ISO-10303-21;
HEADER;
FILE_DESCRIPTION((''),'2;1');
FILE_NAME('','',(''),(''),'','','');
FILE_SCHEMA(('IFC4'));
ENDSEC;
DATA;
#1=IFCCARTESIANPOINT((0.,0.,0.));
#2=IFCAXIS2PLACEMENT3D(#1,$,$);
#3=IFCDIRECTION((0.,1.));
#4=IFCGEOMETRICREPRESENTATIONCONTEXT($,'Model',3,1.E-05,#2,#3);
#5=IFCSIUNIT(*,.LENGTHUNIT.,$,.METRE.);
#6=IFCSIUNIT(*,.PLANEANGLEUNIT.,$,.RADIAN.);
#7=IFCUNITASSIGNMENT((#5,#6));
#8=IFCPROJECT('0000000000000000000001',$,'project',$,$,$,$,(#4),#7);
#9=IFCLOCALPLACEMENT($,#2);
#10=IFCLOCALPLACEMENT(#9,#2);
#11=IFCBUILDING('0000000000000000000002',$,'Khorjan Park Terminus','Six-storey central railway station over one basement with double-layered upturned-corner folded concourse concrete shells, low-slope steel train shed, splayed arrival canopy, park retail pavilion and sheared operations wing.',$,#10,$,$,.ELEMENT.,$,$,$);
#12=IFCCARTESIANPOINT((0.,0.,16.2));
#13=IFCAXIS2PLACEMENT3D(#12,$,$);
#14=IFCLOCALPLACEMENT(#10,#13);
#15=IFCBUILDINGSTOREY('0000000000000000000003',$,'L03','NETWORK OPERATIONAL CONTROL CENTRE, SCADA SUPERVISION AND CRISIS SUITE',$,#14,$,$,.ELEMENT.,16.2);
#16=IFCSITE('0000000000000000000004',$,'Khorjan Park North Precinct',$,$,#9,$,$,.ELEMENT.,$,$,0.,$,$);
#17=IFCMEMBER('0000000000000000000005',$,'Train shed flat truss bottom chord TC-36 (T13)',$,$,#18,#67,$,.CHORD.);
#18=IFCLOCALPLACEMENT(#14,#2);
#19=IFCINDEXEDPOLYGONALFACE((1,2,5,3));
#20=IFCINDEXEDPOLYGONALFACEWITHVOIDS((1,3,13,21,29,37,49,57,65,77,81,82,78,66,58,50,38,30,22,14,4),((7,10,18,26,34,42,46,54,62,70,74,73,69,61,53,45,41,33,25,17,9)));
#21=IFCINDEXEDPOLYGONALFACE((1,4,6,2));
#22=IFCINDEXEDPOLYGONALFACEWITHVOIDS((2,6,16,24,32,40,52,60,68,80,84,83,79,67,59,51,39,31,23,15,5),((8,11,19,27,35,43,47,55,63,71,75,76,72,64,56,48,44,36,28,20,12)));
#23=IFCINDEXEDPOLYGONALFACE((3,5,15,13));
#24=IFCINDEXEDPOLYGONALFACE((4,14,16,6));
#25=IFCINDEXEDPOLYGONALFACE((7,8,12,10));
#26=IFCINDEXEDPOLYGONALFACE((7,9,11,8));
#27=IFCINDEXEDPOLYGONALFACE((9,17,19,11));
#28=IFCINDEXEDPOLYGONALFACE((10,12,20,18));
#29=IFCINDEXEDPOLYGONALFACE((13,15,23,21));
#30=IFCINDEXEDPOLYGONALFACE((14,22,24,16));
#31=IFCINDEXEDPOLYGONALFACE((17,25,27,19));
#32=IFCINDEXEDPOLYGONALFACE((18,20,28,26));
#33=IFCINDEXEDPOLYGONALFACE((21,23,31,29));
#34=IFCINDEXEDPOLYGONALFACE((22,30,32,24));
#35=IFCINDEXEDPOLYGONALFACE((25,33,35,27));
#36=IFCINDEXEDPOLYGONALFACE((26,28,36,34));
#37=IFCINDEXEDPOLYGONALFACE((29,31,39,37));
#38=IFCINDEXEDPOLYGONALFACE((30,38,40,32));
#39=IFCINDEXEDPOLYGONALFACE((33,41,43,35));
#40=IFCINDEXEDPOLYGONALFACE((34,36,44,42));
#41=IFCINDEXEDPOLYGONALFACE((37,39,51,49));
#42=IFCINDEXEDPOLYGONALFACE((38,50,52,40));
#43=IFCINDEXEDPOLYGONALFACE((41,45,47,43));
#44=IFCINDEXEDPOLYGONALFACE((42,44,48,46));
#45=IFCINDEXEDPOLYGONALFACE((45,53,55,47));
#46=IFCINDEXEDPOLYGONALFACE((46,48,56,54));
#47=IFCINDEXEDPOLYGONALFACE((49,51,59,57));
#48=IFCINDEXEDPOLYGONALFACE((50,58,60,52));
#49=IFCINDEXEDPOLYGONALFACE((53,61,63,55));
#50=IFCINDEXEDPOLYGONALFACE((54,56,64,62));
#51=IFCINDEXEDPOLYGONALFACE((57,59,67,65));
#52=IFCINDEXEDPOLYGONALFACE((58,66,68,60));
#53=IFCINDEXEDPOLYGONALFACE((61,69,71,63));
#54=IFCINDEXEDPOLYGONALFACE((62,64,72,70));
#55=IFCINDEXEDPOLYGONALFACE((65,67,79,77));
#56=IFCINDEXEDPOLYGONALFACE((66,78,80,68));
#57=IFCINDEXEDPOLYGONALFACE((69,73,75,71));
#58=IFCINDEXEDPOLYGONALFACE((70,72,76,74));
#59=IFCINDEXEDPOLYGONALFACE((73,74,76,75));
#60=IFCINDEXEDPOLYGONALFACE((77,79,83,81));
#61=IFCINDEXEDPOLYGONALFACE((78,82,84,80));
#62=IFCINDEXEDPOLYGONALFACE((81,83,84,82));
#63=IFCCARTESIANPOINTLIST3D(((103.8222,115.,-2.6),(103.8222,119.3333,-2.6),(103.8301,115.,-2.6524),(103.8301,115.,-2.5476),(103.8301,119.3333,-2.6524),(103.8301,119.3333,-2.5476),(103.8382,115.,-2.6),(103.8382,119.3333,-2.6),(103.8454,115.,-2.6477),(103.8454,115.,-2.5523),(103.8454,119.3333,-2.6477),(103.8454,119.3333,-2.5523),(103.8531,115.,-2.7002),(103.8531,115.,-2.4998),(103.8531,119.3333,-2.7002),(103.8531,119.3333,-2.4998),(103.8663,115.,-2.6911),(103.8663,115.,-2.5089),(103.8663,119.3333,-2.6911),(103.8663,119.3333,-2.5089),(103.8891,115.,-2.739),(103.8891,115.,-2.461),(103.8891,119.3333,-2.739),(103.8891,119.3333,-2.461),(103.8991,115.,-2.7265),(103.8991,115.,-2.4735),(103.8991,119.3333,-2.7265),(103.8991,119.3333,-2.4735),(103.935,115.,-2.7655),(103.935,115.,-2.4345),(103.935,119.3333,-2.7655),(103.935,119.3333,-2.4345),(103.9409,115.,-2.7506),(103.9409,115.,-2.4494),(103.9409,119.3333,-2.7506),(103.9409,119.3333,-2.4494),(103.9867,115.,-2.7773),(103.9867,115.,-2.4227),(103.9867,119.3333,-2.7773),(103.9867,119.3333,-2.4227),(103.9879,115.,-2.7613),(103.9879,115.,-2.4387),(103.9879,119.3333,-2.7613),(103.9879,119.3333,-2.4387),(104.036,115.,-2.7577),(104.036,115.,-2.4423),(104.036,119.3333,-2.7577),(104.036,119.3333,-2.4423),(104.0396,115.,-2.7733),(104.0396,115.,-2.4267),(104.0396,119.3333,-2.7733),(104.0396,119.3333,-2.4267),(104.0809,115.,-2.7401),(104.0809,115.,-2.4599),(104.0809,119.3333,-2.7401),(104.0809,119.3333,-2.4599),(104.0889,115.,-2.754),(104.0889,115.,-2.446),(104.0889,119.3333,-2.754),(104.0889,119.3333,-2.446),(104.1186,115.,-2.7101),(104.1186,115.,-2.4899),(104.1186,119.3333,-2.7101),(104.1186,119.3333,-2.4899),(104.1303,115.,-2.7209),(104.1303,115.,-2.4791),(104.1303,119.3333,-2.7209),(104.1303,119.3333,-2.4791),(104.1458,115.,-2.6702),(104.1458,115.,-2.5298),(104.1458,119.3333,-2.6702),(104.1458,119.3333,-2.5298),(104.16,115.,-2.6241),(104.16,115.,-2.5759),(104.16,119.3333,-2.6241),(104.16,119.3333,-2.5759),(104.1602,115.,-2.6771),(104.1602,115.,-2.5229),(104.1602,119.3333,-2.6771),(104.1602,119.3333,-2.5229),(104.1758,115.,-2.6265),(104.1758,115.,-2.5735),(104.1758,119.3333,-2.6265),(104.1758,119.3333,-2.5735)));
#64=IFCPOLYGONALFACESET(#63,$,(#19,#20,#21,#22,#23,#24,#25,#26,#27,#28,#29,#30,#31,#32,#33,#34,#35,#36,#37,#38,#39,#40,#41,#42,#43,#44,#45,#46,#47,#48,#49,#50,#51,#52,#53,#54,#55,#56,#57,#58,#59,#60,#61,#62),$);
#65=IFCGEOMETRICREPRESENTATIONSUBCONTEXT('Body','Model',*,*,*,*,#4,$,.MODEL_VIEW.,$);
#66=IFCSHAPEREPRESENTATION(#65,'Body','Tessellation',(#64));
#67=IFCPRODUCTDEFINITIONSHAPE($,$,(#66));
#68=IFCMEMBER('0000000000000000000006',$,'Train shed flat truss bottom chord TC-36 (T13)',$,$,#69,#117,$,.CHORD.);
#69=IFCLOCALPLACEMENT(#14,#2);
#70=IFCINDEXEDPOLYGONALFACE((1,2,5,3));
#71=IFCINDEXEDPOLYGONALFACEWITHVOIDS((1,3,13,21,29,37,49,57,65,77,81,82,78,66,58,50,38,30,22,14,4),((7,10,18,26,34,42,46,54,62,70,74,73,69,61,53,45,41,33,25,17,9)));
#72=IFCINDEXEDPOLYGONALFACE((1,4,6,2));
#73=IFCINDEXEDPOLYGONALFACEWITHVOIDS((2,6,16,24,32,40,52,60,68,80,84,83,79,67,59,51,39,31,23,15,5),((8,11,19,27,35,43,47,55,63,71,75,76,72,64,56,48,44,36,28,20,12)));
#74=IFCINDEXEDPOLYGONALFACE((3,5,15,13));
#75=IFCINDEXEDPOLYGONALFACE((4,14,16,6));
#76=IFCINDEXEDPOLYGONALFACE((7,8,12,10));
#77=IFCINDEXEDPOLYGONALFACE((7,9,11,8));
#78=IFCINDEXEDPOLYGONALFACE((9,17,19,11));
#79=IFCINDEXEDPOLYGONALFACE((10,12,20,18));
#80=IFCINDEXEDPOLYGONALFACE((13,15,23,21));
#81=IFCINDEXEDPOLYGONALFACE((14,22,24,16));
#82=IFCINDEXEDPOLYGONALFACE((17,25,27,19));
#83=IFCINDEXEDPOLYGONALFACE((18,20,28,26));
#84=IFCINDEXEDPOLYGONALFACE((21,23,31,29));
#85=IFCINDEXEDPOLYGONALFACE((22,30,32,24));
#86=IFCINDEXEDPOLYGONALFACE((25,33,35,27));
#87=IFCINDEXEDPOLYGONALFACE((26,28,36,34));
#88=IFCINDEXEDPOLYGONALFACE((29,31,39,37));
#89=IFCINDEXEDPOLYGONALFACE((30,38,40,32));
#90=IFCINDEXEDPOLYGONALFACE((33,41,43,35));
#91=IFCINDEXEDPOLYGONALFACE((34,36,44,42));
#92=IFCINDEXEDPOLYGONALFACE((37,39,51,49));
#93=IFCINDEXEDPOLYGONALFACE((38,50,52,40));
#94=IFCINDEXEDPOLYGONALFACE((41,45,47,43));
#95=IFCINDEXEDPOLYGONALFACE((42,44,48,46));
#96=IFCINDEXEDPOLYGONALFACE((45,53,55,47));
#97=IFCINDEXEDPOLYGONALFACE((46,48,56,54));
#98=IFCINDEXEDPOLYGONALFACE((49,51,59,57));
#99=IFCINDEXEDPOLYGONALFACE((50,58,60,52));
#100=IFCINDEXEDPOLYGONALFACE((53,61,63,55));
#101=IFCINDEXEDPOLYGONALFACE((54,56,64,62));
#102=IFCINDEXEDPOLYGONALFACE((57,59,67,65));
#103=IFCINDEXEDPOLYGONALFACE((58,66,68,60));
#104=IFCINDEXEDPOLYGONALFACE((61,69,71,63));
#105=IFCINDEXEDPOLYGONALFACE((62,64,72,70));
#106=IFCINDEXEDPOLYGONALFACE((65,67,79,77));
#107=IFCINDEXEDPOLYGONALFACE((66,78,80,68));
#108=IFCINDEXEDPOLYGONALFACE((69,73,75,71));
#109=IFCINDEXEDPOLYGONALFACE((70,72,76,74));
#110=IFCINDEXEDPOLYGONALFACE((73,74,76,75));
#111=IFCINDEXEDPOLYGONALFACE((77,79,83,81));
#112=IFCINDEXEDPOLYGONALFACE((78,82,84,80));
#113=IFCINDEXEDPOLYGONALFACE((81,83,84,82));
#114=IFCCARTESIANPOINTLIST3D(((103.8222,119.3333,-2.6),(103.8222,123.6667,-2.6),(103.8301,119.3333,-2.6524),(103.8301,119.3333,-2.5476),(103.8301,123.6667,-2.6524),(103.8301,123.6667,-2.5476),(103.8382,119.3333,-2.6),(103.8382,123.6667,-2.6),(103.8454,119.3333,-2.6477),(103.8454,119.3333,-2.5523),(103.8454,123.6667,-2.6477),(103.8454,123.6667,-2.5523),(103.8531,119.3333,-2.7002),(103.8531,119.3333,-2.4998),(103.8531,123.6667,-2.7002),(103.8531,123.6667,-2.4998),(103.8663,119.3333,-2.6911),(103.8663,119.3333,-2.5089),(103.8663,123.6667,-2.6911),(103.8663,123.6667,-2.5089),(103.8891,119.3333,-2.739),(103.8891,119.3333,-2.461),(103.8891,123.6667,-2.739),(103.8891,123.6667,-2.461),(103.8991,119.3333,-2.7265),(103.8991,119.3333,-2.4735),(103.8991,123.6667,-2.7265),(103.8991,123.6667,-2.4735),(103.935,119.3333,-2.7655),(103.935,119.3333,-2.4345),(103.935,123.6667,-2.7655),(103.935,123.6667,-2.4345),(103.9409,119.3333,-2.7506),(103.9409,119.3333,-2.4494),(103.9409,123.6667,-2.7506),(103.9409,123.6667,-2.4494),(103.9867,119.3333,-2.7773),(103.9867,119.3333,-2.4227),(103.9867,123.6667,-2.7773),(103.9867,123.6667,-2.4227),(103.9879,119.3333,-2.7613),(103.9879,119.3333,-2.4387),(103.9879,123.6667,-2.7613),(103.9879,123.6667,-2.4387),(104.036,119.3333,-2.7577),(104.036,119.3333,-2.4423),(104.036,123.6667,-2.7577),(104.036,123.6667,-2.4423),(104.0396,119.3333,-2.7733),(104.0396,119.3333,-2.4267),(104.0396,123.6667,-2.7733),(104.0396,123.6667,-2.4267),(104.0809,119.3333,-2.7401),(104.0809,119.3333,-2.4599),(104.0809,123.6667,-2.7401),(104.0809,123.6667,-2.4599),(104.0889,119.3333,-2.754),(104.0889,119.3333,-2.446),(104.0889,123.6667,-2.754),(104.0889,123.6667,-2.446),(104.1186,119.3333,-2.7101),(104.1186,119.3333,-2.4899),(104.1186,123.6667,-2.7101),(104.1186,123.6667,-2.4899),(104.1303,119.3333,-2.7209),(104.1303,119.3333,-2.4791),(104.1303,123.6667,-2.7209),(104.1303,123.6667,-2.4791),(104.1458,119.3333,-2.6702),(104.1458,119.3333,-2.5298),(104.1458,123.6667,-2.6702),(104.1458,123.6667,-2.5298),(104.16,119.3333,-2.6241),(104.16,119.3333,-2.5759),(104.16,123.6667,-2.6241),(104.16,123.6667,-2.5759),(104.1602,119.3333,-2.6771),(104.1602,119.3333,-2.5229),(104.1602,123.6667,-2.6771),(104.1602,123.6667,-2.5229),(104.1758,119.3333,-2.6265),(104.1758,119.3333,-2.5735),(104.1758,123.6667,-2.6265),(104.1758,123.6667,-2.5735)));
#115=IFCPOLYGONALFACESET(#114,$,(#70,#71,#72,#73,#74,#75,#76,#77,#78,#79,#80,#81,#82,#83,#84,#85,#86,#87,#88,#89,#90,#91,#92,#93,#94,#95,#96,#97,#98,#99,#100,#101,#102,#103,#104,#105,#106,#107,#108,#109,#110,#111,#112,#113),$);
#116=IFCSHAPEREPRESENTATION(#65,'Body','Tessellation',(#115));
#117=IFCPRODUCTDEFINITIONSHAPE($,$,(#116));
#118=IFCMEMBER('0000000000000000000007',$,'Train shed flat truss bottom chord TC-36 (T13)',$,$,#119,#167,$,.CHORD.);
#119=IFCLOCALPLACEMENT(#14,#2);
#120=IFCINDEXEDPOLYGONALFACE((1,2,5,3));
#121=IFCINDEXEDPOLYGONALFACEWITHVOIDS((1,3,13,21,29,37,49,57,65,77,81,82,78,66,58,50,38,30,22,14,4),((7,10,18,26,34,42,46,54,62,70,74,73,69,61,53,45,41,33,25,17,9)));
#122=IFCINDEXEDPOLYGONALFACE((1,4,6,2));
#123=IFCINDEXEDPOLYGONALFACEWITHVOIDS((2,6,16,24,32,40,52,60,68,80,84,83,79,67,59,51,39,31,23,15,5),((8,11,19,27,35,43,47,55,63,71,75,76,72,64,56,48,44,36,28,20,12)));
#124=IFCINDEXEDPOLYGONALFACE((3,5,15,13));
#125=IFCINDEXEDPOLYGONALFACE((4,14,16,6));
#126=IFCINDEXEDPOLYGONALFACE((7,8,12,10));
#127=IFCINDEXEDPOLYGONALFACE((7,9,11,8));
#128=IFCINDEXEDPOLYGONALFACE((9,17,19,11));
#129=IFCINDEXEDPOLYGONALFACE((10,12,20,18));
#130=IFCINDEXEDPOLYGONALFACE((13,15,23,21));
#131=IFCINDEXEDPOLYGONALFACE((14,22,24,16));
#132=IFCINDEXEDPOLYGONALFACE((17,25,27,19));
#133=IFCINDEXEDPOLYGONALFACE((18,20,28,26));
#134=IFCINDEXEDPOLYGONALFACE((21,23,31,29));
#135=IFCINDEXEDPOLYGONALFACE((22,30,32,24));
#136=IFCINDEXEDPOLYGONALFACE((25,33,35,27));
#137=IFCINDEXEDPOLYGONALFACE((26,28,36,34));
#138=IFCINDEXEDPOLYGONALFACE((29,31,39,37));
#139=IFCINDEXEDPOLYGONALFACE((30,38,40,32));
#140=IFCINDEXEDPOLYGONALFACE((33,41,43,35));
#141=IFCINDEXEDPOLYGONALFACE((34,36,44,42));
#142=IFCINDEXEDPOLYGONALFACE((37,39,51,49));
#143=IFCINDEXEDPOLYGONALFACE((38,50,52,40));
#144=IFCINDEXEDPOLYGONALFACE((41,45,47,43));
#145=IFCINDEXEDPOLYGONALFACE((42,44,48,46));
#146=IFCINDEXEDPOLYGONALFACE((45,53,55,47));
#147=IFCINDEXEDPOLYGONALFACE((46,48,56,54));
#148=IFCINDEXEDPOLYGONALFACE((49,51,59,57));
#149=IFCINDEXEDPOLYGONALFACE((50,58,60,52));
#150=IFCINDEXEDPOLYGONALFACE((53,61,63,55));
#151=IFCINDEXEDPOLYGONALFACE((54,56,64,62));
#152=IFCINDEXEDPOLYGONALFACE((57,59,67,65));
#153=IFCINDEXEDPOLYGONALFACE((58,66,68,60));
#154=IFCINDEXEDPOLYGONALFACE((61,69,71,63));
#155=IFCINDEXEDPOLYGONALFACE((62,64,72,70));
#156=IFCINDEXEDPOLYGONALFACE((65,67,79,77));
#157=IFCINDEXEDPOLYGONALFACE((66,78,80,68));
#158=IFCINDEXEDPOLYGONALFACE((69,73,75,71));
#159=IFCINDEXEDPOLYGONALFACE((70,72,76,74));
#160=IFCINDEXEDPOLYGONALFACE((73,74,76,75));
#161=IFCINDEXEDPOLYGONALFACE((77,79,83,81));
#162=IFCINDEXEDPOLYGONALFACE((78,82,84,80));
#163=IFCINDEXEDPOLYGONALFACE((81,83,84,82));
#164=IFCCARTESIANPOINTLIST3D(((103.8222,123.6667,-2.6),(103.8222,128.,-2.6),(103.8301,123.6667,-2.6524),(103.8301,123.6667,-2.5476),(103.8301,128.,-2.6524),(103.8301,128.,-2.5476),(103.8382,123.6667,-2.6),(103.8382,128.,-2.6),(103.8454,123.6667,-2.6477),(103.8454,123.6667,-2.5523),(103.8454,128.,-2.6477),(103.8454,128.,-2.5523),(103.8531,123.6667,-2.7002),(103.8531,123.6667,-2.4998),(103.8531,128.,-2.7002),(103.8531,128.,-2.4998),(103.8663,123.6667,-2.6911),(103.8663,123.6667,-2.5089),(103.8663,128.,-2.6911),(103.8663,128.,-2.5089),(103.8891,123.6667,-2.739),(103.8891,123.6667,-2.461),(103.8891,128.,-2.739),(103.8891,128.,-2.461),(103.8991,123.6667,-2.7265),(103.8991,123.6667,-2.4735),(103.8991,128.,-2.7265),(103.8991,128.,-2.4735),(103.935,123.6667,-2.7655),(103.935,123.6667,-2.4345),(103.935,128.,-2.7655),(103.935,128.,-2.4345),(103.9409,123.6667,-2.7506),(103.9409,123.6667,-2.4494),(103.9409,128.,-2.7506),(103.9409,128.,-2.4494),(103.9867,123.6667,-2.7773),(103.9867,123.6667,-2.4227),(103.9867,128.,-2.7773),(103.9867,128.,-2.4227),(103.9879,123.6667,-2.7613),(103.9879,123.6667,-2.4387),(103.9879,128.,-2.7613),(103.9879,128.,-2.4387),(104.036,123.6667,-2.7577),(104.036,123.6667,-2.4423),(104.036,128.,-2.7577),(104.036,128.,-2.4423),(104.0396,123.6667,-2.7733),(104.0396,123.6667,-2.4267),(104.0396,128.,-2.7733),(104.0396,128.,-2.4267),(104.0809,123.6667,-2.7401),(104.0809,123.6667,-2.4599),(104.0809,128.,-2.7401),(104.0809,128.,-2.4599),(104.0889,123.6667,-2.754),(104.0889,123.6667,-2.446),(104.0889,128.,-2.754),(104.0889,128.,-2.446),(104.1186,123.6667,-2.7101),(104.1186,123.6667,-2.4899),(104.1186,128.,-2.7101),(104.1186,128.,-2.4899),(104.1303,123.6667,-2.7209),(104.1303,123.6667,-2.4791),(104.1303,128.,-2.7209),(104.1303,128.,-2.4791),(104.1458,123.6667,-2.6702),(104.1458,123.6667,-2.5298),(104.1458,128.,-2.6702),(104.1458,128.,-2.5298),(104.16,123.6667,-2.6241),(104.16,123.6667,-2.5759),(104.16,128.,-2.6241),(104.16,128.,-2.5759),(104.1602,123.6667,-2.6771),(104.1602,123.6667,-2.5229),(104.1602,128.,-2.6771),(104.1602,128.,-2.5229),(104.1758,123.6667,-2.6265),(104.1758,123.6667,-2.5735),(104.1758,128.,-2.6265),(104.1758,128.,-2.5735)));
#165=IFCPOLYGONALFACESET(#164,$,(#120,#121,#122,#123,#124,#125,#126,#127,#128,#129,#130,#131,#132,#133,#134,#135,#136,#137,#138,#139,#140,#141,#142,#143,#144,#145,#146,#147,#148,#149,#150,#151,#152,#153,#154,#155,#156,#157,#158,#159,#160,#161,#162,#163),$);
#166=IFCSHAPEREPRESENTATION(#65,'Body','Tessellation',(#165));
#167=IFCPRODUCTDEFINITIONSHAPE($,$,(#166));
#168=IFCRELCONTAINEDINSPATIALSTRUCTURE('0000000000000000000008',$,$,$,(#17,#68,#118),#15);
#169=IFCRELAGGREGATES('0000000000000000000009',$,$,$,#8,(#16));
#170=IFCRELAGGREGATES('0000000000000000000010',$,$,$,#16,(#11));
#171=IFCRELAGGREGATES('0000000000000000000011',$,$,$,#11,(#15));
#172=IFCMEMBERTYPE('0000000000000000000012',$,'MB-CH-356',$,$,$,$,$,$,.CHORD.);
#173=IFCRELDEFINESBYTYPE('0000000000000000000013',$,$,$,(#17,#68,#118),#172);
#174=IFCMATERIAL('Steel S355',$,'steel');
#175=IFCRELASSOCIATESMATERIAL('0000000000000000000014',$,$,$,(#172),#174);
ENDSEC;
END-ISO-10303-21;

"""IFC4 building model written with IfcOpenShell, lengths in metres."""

from ifc_helpers import new_model, si_unit, direction, frame, origin, origin_2d, place, context, subcontext, project, spatial, hollow_circle, extrude, material, material_profile, profile_set, type_object, element, save


model = new_model("IFC4")

# Units and contexts
model_context = context("Model", 3, precision=1e-05, world=origin(), true_north=direction((0.0, 1.0)))
body_context = subcontext(model_context, "Body", "Model", "MODEL_VIEW")
ifc_project = project(units=[si_unit("LENGTHUNIT", "METRE"), si_unit("PLANEANGLEUNIT", "RADIAN")], contexts=[model_context])

# Site, building, storey
site_placement = place(None, origin())
site = spatial("IfcSite", under=ifc_project, at=site_placement, Name="Khorjan Park North Precinct", CompositionType="ELEMENT", RefElevation=0.0)
building_placement = place(site_placement, origin())
building = spatial("IfcBuilding", under=site, at=building_placement, Name="Khorjan Park Terminus", Description="Six-storey central railway station over one basement with double-layered upturned-corner folded concourse concrete shells, low-slope steel train shed, splayed arrival canopy, park retail pavilion and sheared operations wing.", CompositionType="ELEMENT")
storey_placement = place(building_placement, frame((0.0, 0.0, 16.2)))
storey = spatial("IfcBuildingStorey", under=building, at=storey_placement, Name="L03", Description="NETWORK OPERATIONAL CONTROL CENTRE, SCADA SUPERVISION AND CRISIS SUITE", CompositionType="ELEMENT", Elevation=16.2)

# Members
ifc_material = material(Name="Steel S355", Category="steel")
ifc_material_profile_1 = material_profile(ifc_material, hollow_circle(Radius=0.1778, WallThickness=0.016, at=origin_2d()), Name="CHS 355.6x16")
ifc_profile_set_1 = profile_set([ifc_material_profile_1], Name="Steel S355")
member_type_1 = type_object("IfcMemberType", Name="MB-CH-356", PredefinedType="CHORD", material=ifc_profile_set_1)
member_1_placement = place(storey_placement, frame((104.0, 115.0, -2.6), z_axis=(0.0, 1.0, 0.0), x_axis=(-1.0, 0.0, 0.0)))
element("IfcMember", 1, at=member_1_placement, inside=storey, type_object=member_type_1, Name="Train shed flat truss bottom chord TC-36 (T13)", PredefinedType="CHORD", context=body_context, shape_type="SweptSolid", body=[
    extrude(hollow_circle(Radius=0.1778, WallThickness=0.016, at=origin_2d()), origin(), (0.0, 0.0, 1.0), 4.3333),
])
member_2_placement = place(storey_placement, frame((104.0, 119.3333, -2.6), z_axis=(0.0, 1.0, 0.0), x_axis=(-1.0, 0.0, 0.0)))
element("IfcMember", 2, at=member_2_placement, inside=storey, type_object=member_type_1, Name="Train shed flat truss bottom chord TC-36 (T13)", PredefinedType="CHORD", context=body_context, shape_type="SweptSolid", body=[
    extrude(hollow_circle(Radius=0.1778, WallThickness=0.016, at=origin_2d()), origin(), (0.0, 0.0, 1.0), 4.3334),
])
member_3_placement = place(storey_placement, frame((104.0, 123.6667, -2.6), z_axis=(0.0, 1.0, 0.0), x_axis=(-1.0, 0.0, 0.0)))
element("IfcMember", 3, at=member_3_placement, inside=storey, type_object=member_type_1, Name="Train shed flat truss bottom chord TC-36 (T13)", PredefinedType="CHORD", context=body_context, shape_type="SweptSolid", body=[
    extrude(hollow_circle(Radius=0.1778, WallThickness=0.016, at=origin_2d()), origin(), (0.0, 0.0, 1.0), 4.3333),
])

save(model, "model.ifc")
